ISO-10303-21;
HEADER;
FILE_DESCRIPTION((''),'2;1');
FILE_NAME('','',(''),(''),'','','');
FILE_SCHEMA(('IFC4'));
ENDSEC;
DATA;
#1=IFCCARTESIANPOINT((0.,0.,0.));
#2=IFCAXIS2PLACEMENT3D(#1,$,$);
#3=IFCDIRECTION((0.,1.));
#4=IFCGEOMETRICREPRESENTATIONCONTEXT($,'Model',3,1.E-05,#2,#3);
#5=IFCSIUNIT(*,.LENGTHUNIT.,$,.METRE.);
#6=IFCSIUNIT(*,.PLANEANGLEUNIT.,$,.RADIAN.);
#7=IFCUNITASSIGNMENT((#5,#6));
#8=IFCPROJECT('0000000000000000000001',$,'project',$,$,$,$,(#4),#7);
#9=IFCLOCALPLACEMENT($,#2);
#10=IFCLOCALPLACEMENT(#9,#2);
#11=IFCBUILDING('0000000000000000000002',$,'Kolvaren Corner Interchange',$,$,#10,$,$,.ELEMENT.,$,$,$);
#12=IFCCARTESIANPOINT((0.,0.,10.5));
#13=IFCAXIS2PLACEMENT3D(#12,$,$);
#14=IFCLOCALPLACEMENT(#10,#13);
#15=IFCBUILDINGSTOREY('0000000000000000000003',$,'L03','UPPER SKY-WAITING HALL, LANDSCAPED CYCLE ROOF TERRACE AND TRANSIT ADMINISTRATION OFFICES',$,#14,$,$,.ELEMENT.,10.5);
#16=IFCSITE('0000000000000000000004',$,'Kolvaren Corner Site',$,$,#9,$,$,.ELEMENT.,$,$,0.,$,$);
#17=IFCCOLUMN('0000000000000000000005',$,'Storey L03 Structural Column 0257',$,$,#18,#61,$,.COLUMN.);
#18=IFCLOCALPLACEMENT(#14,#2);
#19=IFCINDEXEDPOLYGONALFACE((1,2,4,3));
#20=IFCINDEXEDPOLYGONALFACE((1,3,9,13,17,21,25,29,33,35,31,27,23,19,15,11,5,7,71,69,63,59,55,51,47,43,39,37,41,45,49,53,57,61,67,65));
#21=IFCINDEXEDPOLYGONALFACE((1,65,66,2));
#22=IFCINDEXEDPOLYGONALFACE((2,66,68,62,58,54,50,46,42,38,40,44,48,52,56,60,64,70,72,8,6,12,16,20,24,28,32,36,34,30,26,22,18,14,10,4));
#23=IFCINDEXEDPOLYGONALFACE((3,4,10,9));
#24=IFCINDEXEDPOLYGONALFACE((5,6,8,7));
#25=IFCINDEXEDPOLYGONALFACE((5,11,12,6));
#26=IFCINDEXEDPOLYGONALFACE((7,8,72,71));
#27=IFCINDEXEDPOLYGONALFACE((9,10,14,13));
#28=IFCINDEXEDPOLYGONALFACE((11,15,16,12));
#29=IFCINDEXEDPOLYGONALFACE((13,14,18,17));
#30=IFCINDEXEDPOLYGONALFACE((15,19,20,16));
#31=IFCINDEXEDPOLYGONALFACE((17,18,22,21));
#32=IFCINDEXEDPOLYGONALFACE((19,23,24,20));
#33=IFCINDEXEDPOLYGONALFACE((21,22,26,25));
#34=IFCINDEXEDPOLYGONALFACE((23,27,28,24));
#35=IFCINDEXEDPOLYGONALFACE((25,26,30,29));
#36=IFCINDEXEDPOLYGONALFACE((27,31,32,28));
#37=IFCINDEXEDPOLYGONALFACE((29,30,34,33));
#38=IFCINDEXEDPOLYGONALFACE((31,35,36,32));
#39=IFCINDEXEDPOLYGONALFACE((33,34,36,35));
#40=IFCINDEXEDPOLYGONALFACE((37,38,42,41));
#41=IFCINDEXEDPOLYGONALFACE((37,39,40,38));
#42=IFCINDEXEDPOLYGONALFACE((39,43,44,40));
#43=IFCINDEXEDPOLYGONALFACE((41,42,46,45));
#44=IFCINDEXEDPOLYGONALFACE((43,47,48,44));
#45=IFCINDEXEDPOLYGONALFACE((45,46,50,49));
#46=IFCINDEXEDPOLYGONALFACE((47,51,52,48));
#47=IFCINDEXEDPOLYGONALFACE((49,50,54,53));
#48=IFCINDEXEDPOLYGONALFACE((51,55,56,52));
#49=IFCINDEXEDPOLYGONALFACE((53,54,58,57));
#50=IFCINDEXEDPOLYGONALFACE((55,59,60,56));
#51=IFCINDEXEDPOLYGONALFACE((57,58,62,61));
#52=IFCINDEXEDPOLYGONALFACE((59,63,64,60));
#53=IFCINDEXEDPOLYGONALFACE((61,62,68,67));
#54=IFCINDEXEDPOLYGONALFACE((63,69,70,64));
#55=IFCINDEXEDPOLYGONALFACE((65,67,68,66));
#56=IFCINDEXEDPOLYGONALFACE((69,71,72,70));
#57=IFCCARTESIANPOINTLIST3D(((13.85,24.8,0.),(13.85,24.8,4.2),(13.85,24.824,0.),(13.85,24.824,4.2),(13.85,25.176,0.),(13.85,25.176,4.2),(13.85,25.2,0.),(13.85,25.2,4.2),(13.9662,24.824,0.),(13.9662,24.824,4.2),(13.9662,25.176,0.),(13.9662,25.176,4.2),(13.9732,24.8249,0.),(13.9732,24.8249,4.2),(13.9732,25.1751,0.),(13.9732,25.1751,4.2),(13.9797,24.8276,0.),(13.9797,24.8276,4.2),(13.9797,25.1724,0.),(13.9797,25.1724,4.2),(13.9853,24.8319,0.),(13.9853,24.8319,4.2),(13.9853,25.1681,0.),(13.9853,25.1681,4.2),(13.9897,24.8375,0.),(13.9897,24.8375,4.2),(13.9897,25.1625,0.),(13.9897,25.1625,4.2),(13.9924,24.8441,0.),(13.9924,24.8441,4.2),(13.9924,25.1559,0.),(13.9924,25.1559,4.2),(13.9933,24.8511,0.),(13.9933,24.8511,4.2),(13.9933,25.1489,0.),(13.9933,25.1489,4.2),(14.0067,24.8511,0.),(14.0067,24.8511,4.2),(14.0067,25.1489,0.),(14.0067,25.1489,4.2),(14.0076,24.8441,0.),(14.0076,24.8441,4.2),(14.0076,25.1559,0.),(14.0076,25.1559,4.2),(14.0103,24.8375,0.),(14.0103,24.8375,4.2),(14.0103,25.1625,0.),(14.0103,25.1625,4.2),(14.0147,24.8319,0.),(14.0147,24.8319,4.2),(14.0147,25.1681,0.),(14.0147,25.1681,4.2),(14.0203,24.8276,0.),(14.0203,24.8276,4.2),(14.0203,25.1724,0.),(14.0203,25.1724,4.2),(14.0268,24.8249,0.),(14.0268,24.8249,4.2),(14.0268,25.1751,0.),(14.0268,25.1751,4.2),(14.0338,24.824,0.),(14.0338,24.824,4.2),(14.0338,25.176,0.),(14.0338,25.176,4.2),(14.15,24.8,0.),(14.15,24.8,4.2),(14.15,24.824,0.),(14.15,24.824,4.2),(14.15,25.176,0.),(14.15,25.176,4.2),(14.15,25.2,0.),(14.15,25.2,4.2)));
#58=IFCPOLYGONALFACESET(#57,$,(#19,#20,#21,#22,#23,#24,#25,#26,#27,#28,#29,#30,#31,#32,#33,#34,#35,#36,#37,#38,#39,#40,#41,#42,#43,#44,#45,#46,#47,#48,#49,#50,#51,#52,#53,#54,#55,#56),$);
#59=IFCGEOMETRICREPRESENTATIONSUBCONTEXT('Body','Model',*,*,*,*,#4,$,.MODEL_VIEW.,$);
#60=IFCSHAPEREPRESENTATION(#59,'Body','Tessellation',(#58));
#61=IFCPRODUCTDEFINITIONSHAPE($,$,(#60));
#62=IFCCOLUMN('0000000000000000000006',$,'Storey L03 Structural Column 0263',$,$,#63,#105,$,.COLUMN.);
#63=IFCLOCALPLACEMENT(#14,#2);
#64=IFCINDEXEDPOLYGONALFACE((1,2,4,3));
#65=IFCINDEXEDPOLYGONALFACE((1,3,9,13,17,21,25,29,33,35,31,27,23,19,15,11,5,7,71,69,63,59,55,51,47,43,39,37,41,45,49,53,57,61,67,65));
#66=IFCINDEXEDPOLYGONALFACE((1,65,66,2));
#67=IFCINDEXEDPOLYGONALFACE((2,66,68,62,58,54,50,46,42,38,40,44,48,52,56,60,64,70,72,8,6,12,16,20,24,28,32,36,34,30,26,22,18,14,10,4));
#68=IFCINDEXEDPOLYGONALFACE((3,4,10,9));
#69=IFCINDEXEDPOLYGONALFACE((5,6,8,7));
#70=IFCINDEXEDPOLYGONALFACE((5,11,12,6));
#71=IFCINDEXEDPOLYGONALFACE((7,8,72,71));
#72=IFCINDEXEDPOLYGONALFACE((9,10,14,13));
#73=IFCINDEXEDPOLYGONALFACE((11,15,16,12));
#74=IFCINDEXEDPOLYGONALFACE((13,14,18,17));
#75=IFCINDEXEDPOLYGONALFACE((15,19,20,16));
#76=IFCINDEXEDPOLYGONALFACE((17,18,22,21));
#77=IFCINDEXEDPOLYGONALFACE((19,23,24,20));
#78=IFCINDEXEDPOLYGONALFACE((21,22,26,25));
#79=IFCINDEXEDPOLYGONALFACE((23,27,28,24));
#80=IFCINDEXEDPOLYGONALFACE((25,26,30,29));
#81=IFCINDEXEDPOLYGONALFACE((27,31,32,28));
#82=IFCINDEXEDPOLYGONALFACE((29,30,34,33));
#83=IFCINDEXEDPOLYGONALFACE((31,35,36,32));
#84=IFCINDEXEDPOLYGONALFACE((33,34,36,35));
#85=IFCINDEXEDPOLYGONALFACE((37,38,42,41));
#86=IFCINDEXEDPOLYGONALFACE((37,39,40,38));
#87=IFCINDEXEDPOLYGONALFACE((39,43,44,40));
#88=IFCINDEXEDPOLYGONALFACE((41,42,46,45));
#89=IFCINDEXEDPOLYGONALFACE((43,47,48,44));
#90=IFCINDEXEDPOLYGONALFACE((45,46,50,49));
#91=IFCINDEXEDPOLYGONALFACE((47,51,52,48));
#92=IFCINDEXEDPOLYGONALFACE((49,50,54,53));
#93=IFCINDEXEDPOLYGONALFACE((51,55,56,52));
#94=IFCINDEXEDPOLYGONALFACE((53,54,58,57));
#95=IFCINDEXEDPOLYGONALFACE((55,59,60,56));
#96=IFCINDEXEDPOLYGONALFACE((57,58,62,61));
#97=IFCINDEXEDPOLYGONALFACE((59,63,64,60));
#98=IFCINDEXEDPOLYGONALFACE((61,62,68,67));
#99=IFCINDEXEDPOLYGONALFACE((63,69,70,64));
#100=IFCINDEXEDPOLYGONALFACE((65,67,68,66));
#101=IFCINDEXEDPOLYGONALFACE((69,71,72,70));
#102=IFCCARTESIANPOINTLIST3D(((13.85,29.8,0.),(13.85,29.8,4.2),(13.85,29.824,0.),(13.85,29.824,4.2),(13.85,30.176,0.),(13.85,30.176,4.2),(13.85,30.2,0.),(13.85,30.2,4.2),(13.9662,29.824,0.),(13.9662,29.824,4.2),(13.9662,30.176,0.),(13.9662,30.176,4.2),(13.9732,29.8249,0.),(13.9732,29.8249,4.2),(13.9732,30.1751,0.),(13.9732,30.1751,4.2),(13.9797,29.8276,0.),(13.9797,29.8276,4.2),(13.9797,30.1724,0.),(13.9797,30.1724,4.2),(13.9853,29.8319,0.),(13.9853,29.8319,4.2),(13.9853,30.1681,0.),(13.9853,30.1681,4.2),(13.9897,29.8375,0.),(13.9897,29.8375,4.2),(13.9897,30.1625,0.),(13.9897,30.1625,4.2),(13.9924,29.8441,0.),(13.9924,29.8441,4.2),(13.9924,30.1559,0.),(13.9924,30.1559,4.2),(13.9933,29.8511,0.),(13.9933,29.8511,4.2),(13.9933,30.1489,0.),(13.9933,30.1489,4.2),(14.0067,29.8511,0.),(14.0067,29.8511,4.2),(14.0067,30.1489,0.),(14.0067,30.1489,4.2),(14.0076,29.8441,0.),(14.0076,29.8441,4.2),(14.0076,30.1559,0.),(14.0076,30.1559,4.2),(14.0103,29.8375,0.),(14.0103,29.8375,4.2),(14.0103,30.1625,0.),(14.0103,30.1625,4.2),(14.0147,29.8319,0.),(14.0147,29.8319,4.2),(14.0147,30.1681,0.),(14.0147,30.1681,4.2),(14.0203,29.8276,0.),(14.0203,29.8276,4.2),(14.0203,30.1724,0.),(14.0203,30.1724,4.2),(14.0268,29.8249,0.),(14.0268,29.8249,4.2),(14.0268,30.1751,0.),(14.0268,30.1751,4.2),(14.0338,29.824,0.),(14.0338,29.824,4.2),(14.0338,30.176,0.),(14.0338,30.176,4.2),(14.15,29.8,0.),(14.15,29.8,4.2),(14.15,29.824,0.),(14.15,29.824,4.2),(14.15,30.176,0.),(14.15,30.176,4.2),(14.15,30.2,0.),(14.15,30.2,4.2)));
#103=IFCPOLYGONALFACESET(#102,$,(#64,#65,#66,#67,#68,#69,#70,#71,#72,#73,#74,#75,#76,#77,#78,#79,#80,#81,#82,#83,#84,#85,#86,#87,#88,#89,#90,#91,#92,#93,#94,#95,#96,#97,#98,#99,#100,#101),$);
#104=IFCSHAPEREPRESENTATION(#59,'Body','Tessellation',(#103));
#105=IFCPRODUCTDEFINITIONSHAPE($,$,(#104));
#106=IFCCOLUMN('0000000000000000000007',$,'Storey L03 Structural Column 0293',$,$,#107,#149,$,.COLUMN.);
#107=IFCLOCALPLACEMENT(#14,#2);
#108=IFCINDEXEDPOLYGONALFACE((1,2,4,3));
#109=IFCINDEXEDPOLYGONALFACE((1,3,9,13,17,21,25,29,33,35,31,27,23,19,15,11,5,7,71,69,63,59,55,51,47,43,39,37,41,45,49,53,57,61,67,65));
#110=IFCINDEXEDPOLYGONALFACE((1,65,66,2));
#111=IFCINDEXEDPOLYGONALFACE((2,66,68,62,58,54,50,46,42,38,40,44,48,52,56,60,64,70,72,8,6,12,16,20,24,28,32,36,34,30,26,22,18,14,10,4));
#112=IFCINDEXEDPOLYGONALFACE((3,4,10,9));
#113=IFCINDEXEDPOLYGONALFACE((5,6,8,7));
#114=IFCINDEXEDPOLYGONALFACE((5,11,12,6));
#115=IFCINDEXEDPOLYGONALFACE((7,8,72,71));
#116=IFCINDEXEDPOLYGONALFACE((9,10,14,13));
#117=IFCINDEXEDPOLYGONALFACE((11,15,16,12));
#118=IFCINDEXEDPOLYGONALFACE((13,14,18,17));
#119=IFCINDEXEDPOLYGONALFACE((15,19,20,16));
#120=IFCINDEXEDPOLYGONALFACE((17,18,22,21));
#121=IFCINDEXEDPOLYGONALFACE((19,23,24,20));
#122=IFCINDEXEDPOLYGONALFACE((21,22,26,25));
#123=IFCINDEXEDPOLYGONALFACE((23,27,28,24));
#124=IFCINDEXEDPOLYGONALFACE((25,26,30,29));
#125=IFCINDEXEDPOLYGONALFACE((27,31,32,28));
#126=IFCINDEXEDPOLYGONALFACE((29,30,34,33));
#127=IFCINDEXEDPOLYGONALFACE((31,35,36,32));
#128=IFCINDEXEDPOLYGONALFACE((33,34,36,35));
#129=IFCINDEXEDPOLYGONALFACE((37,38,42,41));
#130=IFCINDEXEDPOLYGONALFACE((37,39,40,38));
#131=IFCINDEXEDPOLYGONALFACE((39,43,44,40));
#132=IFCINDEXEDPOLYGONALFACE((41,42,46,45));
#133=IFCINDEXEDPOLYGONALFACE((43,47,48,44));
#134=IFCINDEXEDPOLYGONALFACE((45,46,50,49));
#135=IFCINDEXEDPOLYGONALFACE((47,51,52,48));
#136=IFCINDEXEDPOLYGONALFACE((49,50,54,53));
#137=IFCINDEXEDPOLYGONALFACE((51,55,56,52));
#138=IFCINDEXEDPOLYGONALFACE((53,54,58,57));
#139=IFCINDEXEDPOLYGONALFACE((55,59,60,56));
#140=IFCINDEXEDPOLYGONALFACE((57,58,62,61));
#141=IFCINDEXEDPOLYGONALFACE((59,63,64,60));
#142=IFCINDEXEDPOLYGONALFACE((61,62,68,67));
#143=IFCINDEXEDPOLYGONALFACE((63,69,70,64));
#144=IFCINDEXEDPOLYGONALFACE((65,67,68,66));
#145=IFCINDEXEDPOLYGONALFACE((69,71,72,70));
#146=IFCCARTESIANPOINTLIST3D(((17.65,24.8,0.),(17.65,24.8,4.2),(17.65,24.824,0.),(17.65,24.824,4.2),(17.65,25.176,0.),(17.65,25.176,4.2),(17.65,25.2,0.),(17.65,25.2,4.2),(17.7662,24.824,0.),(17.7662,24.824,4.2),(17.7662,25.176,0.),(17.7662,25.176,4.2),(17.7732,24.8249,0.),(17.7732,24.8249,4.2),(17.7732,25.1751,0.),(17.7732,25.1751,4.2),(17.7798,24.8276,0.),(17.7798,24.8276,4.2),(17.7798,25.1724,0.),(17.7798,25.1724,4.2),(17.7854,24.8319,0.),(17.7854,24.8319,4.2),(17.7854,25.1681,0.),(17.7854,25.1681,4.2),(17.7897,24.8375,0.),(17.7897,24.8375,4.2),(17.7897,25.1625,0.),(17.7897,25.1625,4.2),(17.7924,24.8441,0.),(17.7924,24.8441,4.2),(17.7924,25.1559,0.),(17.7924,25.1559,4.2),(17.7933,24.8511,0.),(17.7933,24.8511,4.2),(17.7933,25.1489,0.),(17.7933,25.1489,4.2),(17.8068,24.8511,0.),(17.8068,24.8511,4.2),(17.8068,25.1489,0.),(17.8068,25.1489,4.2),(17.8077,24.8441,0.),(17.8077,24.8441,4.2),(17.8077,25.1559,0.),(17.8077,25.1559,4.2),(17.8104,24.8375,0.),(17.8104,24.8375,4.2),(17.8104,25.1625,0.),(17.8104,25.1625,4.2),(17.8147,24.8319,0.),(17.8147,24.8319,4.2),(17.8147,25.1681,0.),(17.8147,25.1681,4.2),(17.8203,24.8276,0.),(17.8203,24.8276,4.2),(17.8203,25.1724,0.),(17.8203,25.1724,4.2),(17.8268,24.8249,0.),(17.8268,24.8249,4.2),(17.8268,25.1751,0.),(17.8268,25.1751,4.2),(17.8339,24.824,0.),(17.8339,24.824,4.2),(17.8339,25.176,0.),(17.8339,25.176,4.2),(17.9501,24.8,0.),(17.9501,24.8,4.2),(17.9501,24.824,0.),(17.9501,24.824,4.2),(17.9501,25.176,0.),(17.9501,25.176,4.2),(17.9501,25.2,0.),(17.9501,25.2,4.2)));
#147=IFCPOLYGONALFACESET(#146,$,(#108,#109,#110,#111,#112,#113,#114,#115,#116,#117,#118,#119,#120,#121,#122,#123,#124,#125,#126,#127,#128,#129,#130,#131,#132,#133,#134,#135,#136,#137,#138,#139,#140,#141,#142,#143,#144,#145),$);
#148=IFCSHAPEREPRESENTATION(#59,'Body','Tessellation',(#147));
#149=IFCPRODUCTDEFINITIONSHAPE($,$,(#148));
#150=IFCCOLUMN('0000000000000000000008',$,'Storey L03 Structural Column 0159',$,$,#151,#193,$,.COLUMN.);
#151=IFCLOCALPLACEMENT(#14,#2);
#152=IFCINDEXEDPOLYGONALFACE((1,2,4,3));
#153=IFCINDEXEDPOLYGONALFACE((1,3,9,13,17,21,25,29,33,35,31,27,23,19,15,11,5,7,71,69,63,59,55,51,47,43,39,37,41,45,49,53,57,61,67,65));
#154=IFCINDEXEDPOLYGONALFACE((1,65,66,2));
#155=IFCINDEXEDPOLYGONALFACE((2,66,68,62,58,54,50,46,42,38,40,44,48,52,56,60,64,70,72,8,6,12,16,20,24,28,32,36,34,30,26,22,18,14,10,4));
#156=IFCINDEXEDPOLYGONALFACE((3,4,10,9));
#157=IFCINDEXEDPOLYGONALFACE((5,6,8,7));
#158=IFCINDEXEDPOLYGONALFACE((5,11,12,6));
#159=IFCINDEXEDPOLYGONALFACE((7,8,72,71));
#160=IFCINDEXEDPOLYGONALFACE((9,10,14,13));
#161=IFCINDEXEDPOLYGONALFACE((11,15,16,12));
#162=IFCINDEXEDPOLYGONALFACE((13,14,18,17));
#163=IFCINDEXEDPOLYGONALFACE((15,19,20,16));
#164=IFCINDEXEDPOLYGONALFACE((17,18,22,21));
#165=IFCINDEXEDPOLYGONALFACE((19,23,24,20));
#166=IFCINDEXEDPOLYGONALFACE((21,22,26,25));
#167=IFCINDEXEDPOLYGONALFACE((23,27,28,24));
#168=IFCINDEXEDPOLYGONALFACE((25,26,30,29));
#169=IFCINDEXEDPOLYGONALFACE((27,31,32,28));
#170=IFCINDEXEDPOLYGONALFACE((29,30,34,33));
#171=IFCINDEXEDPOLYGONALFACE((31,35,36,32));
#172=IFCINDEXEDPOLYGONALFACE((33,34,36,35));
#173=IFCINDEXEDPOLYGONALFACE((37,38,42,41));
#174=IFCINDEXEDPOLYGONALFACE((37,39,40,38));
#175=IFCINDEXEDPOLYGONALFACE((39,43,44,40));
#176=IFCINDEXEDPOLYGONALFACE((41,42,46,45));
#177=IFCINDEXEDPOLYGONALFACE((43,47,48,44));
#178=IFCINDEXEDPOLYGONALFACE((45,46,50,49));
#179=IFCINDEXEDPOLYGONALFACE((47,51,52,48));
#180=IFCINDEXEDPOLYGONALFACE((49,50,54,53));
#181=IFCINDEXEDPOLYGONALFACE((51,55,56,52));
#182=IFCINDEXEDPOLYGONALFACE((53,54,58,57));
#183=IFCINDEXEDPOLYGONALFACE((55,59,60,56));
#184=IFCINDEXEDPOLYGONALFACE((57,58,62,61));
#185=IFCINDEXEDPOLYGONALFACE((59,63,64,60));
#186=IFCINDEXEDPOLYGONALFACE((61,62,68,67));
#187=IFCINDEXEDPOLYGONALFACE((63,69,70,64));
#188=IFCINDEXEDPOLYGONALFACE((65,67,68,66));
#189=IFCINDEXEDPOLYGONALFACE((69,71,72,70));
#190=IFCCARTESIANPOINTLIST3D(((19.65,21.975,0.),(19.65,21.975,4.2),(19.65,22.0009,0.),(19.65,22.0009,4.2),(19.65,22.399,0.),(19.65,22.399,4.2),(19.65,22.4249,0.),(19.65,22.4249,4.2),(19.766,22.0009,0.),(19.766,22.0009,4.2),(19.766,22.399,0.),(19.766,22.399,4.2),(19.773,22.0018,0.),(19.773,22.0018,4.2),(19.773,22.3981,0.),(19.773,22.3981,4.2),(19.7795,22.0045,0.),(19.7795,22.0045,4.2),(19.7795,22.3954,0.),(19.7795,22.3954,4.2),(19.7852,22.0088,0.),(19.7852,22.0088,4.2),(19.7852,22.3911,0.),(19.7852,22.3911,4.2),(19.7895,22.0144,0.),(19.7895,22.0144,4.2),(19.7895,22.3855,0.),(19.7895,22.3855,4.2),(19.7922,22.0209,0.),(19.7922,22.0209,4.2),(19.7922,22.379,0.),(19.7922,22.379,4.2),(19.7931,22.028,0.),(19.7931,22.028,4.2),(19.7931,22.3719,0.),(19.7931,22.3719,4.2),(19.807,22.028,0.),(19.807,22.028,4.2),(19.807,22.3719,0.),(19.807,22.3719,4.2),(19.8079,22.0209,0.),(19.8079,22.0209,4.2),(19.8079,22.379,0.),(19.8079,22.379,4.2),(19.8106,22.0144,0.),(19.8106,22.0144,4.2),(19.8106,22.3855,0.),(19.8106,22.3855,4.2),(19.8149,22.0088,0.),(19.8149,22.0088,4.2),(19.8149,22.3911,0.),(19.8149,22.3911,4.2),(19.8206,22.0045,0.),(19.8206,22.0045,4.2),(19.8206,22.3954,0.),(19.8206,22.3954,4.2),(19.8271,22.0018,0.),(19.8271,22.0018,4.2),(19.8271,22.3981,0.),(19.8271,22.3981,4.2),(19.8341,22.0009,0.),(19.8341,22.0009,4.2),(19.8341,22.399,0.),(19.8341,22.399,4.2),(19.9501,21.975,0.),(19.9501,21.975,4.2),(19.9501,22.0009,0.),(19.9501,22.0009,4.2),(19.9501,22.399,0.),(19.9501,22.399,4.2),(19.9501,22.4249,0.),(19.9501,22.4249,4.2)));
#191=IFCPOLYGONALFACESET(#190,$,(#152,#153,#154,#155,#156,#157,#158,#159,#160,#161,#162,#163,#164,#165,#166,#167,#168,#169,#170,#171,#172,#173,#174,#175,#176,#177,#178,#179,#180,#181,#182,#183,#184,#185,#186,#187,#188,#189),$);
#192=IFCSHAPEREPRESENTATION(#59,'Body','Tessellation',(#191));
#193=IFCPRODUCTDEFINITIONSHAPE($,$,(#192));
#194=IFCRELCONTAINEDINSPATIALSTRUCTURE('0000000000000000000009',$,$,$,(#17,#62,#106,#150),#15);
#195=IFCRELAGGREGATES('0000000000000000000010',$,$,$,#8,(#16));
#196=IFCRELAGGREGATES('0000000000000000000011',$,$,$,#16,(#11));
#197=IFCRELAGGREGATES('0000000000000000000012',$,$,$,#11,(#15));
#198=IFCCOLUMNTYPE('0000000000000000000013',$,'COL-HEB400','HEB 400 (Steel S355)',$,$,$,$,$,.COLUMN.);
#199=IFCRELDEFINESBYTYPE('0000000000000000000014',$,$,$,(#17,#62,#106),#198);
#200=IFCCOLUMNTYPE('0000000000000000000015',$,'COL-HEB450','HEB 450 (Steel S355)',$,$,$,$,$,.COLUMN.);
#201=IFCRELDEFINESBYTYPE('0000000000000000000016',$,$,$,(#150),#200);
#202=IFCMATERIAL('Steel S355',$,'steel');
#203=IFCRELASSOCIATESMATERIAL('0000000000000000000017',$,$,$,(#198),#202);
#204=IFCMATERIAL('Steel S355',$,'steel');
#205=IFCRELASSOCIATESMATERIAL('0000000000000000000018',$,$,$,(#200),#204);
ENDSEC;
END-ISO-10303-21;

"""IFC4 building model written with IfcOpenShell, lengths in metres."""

from ifc_helpers import new_model, si_unit, direction, frame, origin, origin_2d, place, context, subcontext, project, spatial, i_section, extrude, material, material_profile, profile_set, type_object, element, save


model = new_model("IFC4")

# Units and contexts
model_context = context("Model", 3, precision=1e-05, world=origin(), true_north=direction((0.0, 1.0)))
body_context = subcontext(model_context, "Body", "Model", "MODEL_VIEW")
ifc_project = project(units=[si_unit("LENGTHUNIT", "METRE"), si_unit("PLANEANGLEUNIT", "RADIAN")], contexts=[model_context])

# Site, building, storey
site_placement = place(None, origin())
site = spatial("IfcSite", under=ifc_project, at=site_placement, Name="Kolvaren Corner Site", CompositionType="ELEMENT", RefElevation=0.0)
building_placement = place(site_placement, origin())
building = spatial("IfcBuilding", under=site, at=building_placement, Name="Kolvaren Corner Interchange", CompositionType="ELEMENT")
storey_placement = place(building_placement, frame((0.0, 0.0, 10.5)))
storey = spatial("IfcBuildingStorey", under=building, at=storey_placement, Name="L03", Description="UPPER SKY-WAITING HALL, LANDSCAPED CYCLE ROOF TERRACE AND TRANSIT ADMINISTRATION OFFICES", CompositionType="ELEMENT", Elevation=10.5)

# Columns
ifc_material_1 = material(Name="Steel S355", Category="steel")
ifc_material_profile_1 = material_profile(ifc_material_1, i_section(OverallWidth=0.3, OverallDepth=0.3999, WebThickness=0.0134, FlangeThickness=0.0239, FilletRadius=0.0271, at=origin_2d()), Name="HEB 400")
ifc_profile_set_1 = profile_set([ifc_material_profile_1], Name="Steel S355")
column_type_1 = type_object("IfcColumnType", Name="COL-HEB400", Description="HEB 400 (Steel S355)", PredefinedType="COLUMN", material=ifc_profile_set_1)
for number, where, z_axis, x_axis, name in (
    (1, (14.0, 25.0, 0.0), (0.0, 0.0, 1.0), (1.0, 0.0, 0.0), "Storey L03 Structural Column 0257"),
    (2, (14.0, 30.0, 0.0), (0.0, 0.0, 1.0), (1.0, 0.0, 0.0), "Storey L03 Structural Column 0263"),
    (3, (17.8, 25.0, 0.0), (0.0, 0.0, 1.0), (1.0, 0.0, 0.0), "Storey L03 Structural Column 0293"),
):
    element("IfcColumn", number, at=place(storey_placement, frame(where, z_axis=z_axis, x_axis=x_axis)), inside=storey, type_object=column_type_1, Name=name, PredefinedType="COLUMN", context=body_context, shape_type="SweptSolid", body=[
        extrude(i_section(OverallWidth=0.3, OverallDepth=0.3999, WebThickness=0.0134, FlangeThickness=0.0239, FilletRadius=0.0271, at=origin_2d()), origin(), (0.0, 0.0, 1.0), 4.2),
    ])
ifc_material_2 = material(Name="Steel S355", Category="steel")
ifc_material_profile_2 = material_profile(ifc_material_2, i_section(OverallWidth=0.3, OverallDepth=0.45, WebThickness=0.0139, FlangeThickness=0.0259, FilletRadius=0.0271, at=origin_2d()), Name="HEB 450")
ifc_profile_set_2 = profile_set([ifc_material_profile_2], Name="Steel S355")
column_type_2 = type_object("IfcColumnType", Name="COL-HEB450", Description="HEB 450 (Steel S355)", PredefinedType="COLUMN", material=ifc_profile_set_2)
for number, where, z_axis, x_axis, name in (
    (4, (19.8, 22.2, 0.0), (0.0, 0.0, 1.0), (1.0, 0.0, 0.0), "Storey L03 Structural Column 0159"),
):
    element("IfcColumn", number, at=place(storey_placement, frame(where, z_axis=z_axis, x_axis=x_axis)), inside=storey, type_object=column_type_2, Name=name, PredefinedType="COLUMN", context=body_context, shape_type="SweptSolid", body=[
        extrude(i_section(OverallWidth=0.3, OverallDepth=0.45, WebThickness=0.0139, FlangeThickness=0.0259, FilletRadius=0.0271, at=origin_2d()), origin(), (0.0, 0.0, 1.0), 4.2),
    ])

save(model, "model.ifc")
